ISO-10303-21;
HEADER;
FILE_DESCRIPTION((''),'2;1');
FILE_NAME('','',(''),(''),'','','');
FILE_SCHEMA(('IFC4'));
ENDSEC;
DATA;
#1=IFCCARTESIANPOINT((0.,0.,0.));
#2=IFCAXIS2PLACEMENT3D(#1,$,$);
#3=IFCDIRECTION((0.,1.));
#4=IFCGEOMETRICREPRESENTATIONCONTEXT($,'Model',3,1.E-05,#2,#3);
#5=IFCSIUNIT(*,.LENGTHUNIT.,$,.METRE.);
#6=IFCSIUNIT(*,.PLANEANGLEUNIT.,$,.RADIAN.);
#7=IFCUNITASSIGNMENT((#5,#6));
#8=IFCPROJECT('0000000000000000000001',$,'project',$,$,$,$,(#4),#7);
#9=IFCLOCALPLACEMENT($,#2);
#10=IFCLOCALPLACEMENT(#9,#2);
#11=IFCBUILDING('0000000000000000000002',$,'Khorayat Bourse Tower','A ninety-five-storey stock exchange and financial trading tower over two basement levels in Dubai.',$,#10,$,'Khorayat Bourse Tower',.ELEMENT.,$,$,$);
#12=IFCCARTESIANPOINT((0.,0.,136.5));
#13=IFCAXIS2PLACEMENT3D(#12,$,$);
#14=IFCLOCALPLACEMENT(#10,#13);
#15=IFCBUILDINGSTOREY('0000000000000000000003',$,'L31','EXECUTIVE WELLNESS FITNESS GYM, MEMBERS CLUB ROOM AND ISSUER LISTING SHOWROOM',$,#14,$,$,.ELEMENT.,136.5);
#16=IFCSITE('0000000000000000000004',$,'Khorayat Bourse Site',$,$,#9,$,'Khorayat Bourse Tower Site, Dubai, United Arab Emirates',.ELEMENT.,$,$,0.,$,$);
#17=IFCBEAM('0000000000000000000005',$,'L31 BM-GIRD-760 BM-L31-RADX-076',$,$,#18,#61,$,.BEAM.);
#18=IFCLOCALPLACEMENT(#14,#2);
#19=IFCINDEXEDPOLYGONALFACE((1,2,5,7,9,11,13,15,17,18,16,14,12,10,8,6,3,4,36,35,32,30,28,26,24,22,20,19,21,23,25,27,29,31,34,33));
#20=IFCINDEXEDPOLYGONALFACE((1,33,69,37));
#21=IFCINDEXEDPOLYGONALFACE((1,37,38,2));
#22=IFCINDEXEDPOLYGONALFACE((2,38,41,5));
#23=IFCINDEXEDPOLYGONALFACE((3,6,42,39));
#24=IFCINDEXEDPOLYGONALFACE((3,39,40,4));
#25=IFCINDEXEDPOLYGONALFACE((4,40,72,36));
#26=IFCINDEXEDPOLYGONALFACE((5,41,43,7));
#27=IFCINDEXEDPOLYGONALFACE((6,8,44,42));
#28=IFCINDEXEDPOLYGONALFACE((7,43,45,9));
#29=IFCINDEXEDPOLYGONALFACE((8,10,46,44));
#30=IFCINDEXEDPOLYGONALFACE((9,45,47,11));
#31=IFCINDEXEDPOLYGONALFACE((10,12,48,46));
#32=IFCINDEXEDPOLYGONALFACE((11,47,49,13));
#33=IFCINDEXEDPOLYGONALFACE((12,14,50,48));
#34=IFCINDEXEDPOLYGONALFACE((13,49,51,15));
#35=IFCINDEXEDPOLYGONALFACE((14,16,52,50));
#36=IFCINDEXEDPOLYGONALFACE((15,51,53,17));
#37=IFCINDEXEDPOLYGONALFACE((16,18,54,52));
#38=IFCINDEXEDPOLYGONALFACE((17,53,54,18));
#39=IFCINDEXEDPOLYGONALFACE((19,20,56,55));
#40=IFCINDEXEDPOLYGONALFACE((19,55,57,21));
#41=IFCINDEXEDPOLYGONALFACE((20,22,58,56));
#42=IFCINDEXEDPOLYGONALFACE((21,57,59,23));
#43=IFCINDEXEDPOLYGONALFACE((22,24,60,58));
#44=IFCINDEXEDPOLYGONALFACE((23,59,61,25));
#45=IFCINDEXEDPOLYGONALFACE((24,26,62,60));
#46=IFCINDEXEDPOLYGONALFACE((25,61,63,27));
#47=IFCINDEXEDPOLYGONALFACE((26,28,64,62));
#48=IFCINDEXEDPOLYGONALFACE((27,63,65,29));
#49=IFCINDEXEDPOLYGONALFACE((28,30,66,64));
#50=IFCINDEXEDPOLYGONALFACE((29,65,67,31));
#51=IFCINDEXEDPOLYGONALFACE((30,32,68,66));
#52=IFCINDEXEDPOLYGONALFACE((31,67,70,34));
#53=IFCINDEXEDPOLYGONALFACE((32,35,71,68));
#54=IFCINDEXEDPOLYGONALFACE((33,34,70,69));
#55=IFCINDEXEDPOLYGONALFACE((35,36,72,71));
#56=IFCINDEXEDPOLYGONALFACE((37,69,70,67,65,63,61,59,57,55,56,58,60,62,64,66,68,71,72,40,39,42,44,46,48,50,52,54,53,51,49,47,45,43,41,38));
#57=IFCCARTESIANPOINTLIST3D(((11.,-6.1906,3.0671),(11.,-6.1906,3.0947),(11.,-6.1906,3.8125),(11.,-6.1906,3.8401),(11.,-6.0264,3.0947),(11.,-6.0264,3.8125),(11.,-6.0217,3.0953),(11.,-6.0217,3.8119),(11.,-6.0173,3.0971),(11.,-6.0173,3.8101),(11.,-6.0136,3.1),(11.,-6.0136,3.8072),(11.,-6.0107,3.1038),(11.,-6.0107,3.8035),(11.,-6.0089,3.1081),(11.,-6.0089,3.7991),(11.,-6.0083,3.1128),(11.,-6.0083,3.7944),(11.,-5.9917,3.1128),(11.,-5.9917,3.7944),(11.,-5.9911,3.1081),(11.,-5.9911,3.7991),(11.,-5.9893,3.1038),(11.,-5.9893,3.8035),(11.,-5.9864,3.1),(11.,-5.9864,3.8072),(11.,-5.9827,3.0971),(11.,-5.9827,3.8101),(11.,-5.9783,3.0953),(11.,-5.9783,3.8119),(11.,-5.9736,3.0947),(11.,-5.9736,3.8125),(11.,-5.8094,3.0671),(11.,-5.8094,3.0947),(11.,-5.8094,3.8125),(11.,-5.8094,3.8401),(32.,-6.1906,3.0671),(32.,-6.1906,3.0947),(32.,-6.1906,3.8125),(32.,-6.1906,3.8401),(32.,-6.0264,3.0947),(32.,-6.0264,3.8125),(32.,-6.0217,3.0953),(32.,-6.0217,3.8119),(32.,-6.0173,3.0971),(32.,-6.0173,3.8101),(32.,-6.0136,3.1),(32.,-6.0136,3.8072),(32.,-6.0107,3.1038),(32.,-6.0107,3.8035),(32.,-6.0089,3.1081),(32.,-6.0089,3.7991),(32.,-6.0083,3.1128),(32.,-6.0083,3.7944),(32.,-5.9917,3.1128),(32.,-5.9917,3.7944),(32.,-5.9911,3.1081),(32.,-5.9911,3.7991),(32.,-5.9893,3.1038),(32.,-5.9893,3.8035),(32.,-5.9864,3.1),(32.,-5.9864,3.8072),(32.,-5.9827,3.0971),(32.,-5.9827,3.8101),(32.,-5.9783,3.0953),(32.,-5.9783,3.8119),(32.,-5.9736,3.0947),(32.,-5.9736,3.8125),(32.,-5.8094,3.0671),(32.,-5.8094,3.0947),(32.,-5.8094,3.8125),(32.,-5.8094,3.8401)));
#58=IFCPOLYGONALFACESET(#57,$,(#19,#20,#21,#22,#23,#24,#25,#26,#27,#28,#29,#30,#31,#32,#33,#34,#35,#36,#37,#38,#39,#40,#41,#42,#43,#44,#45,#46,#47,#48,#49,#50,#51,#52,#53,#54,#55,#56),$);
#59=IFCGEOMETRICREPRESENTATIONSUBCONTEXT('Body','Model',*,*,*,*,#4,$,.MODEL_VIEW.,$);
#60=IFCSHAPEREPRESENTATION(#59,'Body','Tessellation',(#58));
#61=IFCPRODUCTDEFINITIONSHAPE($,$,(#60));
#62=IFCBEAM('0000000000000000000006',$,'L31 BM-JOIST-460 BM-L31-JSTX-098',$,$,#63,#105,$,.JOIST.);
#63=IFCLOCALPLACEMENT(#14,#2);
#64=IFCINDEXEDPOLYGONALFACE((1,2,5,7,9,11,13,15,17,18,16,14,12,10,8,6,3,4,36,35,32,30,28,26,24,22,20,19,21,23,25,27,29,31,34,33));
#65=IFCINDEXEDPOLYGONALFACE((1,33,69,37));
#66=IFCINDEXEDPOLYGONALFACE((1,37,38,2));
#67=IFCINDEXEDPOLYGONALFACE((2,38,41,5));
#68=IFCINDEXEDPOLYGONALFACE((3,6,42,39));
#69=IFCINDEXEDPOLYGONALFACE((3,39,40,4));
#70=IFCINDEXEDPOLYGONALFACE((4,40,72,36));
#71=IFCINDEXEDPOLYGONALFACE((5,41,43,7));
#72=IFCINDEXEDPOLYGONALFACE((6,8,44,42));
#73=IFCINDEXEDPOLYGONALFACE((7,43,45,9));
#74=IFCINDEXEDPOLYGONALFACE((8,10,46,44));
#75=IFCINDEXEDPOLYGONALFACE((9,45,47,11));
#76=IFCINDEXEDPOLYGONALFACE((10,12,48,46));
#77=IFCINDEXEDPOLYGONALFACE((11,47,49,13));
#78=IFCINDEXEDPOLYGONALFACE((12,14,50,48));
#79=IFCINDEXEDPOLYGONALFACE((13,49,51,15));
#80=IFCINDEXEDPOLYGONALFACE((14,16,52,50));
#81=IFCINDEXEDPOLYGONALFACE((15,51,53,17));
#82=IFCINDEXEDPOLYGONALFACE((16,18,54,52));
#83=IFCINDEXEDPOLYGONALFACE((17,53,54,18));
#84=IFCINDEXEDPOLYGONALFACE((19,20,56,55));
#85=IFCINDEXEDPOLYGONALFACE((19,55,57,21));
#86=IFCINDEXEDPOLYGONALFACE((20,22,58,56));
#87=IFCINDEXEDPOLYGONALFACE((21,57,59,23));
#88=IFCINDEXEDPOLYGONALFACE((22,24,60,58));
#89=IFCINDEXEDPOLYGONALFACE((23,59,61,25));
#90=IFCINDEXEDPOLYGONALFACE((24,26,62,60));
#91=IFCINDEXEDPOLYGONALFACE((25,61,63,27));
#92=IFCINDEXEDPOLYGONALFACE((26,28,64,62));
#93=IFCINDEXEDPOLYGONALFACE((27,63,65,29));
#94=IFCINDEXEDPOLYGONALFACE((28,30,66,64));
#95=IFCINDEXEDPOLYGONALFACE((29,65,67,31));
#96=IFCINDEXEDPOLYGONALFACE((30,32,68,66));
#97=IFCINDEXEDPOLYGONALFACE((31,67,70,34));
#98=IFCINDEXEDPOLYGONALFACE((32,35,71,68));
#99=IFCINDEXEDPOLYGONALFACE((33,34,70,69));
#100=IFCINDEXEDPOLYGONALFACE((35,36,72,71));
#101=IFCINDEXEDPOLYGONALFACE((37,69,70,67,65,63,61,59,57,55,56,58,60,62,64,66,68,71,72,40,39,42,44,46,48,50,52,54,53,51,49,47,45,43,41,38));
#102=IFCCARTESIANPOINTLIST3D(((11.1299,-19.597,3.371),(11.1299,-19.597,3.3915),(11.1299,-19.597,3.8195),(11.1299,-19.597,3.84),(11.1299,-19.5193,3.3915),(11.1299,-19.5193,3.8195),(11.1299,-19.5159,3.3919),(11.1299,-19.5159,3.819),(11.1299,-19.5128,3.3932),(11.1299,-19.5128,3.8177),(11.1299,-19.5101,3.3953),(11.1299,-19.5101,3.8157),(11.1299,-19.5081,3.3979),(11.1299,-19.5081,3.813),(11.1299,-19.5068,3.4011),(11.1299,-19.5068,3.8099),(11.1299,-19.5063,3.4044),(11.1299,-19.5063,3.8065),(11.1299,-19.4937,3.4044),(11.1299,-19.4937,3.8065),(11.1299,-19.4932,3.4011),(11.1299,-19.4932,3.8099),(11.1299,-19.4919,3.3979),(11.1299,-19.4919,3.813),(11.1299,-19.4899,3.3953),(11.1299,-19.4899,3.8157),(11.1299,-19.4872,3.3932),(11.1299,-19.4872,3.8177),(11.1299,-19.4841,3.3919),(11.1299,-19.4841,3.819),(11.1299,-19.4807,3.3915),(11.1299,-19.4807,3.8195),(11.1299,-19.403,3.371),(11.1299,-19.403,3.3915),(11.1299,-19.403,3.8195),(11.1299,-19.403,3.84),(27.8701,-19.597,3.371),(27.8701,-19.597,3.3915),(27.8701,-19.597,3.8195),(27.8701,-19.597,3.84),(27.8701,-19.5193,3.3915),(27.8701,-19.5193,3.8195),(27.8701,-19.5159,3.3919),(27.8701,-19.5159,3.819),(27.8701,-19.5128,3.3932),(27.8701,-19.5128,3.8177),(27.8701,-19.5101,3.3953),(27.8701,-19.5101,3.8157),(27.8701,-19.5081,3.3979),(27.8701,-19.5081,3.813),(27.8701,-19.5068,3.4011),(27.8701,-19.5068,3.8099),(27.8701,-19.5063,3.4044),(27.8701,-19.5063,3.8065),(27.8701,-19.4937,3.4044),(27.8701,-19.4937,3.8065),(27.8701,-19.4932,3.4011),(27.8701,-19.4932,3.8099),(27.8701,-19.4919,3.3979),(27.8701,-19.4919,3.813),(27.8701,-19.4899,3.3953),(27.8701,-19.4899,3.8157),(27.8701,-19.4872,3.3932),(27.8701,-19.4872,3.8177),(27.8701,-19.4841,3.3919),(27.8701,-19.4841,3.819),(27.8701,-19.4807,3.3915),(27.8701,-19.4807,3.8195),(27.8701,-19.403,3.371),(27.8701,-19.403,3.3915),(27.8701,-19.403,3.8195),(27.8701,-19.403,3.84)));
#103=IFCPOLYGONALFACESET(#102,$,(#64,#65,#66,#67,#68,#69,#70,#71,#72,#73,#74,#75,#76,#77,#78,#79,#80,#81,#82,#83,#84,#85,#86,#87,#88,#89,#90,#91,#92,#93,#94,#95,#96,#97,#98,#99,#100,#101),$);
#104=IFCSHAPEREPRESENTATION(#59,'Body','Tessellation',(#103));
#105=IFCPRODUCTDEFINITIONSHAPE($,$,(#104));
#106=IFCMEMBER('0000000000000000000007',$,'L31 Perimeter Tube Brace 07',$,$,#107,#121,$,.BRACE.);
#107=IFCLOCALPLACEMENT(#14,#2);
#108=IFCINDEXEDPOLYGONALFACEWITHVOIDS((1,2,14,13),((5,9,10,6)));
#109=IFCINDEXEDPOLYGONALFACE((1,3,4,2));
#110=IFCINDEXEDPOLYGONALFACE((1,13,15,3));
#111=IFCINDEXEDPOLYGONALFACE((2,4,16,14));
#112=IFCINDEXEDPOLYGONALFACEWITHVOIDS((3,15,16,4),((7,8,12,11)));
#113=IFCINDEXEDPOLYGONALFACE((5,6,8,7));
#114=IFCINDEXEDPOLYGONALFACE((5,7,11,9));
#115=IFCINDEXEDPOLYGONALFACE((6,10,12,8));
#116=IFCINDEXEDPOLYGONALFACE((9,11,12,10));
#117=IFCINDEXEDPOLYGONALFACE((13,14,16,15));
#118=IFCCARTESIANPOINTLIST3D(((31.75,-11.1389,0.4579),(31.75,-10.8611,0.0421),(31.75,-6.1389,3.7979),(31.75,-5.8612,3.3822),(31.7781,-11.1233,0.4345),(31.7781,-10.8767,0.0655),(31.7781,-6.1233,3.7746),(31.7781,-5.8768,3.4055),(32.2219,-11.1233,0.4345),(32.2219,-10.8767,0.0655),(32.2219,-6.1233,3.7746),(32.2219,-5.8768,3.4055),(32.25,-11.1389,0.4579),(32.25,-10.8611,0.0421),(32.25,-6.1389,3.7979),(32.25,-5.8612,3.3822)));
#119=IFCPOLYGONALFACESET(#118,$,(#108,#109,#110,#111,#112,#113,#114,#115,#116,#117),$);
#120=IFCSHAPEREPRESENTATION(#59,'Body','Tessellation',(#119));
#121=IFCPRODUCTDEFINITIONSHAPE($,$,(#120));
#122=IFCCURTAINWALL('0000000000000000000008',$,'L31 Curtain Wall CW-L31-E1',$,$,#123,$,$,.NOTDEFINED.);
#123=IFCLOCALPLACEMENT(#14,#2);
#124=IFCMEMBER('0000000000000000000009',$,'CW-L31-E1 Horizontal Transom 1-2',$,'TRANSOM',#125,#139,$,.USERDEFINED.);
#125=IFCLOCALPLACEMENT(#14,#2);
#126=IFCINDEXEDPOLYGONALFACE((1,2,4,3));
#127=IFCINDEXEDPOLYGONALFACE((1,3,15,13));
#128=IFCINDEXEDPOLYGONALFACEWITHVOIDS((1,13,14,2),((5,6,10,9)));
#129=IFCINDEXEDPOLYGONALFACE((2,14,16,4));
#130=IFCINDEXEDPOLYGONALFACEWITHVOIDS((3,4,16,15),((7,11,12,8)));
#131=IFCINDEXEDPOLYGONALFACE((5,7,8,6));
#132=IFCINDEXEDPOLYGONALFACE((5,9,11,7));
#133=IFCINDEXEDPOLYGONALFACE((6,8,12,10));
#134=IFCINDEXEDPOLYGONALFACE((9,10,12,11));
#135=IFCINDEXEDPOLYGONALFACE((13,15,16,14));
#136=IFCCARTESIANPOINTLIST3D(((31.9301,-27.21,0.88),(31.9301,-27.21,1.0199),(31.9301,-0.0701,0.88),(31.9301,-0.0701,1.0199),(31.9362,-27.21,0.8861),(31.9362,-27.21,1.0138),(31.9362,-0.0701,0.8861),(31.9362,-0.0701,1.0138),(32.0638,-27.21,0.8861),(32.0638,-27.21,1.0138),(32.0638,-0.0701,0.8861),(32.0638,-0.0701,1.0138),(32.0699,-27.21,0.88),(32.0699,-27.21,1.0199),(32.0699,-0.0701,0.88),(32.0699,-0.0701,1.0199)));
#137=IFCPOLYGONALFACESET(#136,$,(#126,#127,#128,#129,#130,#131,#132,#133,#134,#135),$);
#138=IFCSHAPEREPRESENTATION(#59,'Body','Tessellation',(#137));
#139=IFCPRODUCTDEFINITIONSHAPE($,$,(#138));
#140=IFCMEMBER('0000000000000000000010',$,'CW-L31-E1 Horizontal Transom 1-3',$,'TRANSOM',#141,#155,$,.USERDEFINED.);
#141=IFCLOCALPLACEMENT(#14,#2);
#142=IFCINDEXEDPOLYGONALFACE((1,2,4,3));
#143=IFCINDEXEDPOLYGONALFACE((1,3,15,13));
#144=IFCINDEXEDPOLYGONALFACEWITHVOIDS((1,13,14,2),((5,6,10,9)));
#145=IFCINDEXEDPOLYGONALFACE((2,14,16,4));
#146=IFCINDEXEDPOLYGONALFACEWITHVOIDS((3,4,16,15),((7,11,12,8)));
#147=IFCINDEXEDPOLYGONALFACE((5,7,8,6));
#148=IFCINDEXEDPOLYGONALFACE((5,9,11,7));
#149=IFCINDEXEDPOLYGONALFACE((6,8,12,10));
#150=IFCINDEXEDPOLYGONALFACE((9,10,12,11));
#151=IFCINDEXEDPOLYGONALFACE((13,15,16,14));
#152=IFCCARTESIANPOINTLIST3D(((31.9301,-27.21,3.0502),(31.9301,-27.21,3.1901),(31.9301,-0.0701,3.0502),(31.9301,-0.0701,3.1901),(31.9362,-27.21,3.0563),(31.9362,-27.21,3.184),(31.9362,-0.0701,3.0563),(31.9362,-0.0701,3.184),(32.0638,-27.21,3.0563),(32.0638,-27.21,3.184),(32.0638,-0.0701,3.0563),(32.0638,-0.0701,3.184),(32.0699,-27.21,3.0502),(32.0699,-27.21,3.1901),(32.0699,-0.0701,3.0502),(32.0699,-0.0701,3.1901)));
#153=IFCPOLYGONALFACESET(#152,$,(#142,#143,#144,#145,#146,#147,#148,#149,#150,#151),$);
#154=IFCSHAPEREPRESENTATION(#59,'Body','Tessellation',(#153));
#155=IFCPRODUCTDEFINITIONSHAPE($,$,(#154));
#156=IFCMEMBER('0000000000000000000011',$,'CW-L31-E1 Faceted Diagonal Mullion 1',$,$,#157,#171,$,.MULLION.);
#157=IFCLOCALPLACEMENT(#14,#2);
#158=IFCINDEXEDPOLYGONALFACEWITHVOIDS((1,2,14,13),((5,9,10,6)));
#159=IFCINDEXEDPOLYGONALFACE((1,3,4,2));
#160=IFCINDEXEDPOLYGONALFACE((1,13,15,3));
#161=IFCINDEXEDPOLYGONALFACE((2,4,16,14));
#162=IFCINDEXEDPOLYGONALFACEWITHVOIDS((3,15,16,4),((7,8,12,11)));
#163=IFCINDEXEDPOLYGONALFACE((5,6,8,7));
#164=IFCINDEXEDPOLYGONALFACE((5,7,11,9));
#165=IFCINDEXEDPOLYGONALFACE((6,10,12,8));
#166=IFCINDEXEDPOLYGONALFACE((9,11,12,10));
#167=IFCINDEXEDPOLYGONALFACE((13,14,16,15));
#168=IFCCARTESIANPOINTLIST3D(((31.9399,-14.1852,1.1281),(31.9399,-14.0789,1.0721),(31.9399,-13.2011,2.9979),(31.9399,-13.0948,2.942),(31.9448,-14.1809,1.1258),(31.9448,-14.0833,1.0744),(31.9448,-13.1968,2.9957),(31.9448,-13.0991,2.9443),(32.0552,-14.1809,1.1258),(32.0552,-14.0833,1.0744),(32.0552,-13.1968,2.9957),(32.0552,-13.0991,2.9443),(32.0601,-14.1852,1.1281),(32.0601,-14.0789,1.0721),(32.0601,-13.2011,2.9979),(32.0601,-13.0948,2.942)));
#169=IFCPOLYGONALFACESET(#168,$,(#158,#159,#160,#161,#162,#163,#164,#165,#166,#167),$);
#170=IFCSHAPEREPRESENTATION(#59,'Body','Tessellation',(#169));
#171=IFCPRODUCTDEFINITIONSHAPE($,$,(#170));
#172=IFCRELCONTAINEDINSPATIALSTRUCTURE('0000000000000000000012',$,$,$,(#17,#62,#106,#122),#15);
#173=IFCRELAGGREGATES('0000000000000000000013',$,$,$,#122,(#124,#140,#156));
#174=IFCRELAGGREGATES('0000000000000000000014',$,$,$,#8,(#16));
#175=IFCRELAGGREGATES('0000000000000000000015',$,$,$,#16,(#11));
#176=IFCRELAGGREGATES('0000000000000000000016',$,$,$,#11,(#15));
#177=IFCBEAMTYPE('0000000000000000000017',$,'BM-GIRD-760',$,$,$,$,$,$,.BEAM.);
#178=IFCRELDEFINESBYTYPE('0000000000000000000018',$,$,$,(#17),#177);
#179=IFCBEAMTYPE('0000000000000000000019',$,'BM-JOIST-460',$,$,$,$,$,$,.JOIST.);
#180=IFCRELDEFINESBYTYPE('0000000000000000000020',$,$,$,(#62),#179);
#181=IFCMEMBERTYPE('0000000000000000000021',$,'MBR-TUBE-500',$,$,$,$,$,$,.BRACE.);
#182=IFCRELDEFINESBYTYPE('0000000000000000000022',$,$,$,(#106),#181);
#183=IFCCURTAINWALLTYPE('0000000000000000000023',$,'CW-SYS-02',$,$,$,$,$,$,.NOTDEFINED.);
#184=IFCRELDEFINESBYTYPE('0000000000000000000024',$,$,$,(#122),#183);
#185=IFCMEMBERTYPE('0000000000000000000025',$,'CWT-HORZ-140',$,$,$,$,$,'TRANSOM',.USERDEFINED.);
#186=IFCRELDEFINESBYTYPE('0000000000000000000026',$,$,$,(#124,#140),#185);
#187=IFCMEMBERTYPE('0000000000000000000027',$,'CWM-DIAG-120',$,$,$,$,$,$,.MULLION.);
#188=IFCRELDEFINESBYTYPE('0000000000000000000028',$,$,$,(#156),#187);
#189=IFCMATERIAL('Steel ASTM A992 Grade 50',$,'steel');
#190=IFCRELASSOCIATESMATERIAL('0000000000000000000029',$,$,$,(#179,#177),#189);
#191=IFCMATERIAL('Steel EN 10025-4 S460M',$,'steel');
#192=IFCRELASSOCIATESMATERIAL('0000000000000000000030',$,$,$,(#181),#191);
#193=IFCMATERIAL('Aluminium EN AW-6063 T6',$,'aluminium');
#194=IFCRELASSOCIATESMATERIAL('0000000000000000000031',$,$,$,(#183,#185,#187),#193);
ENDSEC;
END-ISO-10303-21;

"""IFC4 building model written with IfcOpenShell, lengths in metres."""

from ifc_helpers import new_model, si_unit, direction, frame, origin, origin_2d, place, context, subcontext, project, spatial, hollow_rectangle, i_section, extrude, source, transform, mapped, material, material_profile, profile_set, type_object, element, aggregate, save


model = new_model("IFC4")

# Units and contexts
model_context = context("Model", 3, precision=1e-05, world=origin(), true_north=direction((0.0, 1.0)))
body_context = subcontext(model_context, "Body", "Model", "MODEL_VIEW")
ifc_project = project(units=[si_unit("LENGTHUNIT", "METRE"), si_unit("PLANEANGLEUNIT", "RADIAN")], contexts=[model_context])

# Site, building, storey
site_placement = place(None, origin())
site = spatial("IfcSite", under=ifc_project, at=site_placement, Name="Khorayat Bourse Site", LongName="Khorayat Bourse Tower Site, Dubai, United Arab Emirates", CompositionType="ELEMENT", RefElevation=0.0)
building_placement = place(site_placement, origin())
building = spatial("IfcBuilding", under=site, at=building_placement, Name="Khorayat Bourse Tower", Description="A ninety-five-storey stock exchange and financial trading tower over two basement levels in Dubai.", LongName="Khorayat Bourse Tower", CompositionType="ELEMENT")
storey_placement = place(building_placement, frame((0.0, 0.0, 136.5)))
storey = spatial("IfcBuildingStorey", under=building, at=storey_placement, Name="L31", Description="EXECUTIVE WELLNESS FITNESS GYM, MEMBERS CLUB ROOM AND ISSUER LISTING SHOWROOM", CompositionType="ELEMENT", Elevation=136.5)

# Shared definitions
ifc_material_1 = material(Name="Steel EN 10025-4 S460M", Category="steel")

# Beams
ifc_material_2 = material(Name="Steel ASTM A992 Grade 50", Category="steel")
ifc_material_profile_1 = material_profile(ifc_material_2, i_section(OverallWidth=0.1941, OverallDepth=0.469, WebThickness=0.0127, FlangeThickness=0.0205, FilletRadius=0.0129, at=origin_2d()), Name="W460X106")
ifc_profile_set_1 = profile_set([ifc_material_profile_1], Name="Steel ASTM A992 Grade 50")
beam_type_1 = type_object("IfcBeamType", Name="BM-JOIST-460", PredefinedType="JOIST", material=ifc_profile_set_1)
ifc_material_profile_2 = material_profile(ifc_material_2, i_section(OverallWidth=0.3811, OverallDepth=0.7729, WebThickness=0.0166, FlangeThickness=0.0276, FilletRadius=0.0181, at=origin_2d()), Name="W760X257")
ifc_profile_set_2 = profile_set([ifc_material_profile_2], Name="Steel ASTM A992 Grade 50")
beam_type_2 = type_object("IfcBeamType", Name="BM-GIRD-760", PredefinedType="BEAM", material=ifc_profile_set_2)
shared_shape_1 = source(origin(), body_context, "Body", "SweptSolid", [
    extrude(i_section(OverallWidth=0.3811, OverallDepth=0.7729, WebThickness=0.0166, FlangeThickness=0.0276, FilletRadius=0.0181, at=origin_2d()), origin(), (0.0, 0.0, 1.0), 21.0),
])
beam_1_placement = place(storey_placement, frame((11.0, -6.0, 3.4536), z_axis=(1.0, 0.0, 0.0), x_axis=(0.0, 1.0, 0.0)))
element("IfcBeam", 1, at=beam_1_placement, inside=storey, type_object=beam_type_2, Name="L31 BM-GIRD-760 BM-L31-RADX-076", PredefinedType="BEAM", context=body_context, shape_type="MappedRepresentation", body=[
    mapped(shared_shape_1, transform((0.0, 0.0, 0.0), scale=1.0)),
])
shared_shape_2 = source(origin(), body_context, "Body", "SweptSolid", [
    extrude(i_section(OverallWidth=0.1941, OverallDepth=0.469, WebThickness=0.0127, FlangeThickness=0.0205, FilletRadius=0.0129, at=origin_2d()), origin(), (0.0, 0.0, 1.0), 16.7402),
])
beam_2_placement = place(storey_placement, frame((11.1299, -19.5, 3.6055), z_axis=(1.0, 0.0, 0.0), x_axis=(0.0, 1.0, 0.0)))
element("IfcBeam", 2, at=beam_2_placement, inside=storey, type_object=beam_type_1, Name="L31 BM-JOIST-460 BM-L31-JSTX-098", PredefinedType="JOIST", context=body_context, shape_type="MappedRepresentation", body=[
    mapped(shared_shape_2, transform((0.0, 0.0, 0.0), scale=1.0)),
])

# Member
ifc_material_profile_3 = material_profile(ifc_material_1, hollow_rectangle(XDim=0.5, YDim=0.5, WallThickness=0.0281, at=origin_2d()), Name="HSS 500x500x28")
ifc_profile_set_3 = profile_set([ifc_material_profile_3], Name="Steel EN 10025-4 S460M")
member_type_1 = type_object("IfcMemberType", Name="MBR-TUBE-500", PredefinedType="BRACE", material=ifc_profile_set_3)
shared_shape_3 = source(origin(), body_context, "Body", "SweptSolid", [
    extrude(hollow_rectangle(XDim=0.5, YDim=0.5, WallThickness=0.0281, at=origin_2d()), origin(), (0.0, 0.0, 1.0), 6.0129),
])
member_1_placement = place(storey_placement, frame((32.0, -11.0, 0.25), z_axis=(0.0, 0.831531, 0.555478), x_axis=(-1.0, 0.0, 0.0)))
element("IfcMember", 3, at=member_1_placement, inside=storey, type_object=member_type_1, Name="L31 Perimeter Tube Brace 07", PredefinedType="BRACE", context=body_context, shape_type="MappedRepresentation", body=[
    mapped(shared_shape_3, transform((0.0, 0.0, 0.0), scale=1.0)),
])

# Curtain wall, members
ifc_material_3 = material(Name="Aluminium EN AW-6063 T6", Category="aluminium")
curtain_wall_type = type_object("IfcCurtainWallType", Name="CW-SYS-02", PredefinedType="NOTDEFINED", material=ifc_material_3)
curtain_wall_placement = place(storey_placement, origin())
curtain_wall = element("IfcCurtainWall", 4, at=curtain_wall_placement, inside=storey, type_object=curtain_wall_type, Name="L31 Curtain Wall CW-L31-E1", PredefinedType="NOTDEFINED")
ifc_material_profile_4 = material_profile(ifc_material_3, hollow_rectangle(XDim=0.1399, YDim=0.1399, WallThickness=0.0061, at=origin_2d()), Name="ALU 140x140x6")
ifc_profile_set_4 = profile_set([ifc_material_profile_4], Name="Aluminium EN AW-6063 T6")
member_type_2 = type_object("IfcMemberType", Name="CWT-HORZ-140", ElementType="TRANSOM", PredefinedType="USERDEFINED", material=ifc_profile_set_4)
shared_shape_4 = source(origin(), body_context, "Body", "SweptSolid", [
    extrude(hollow_rectangle(XDim=0.1399, YDim=0.1399, WallThickness=0.0061, at=origin_2d()), origin(), (0.0, 0.0, 1.0), 27.1399),
])
member_2_placement = place(storey_placement, frame((32.0, -27.21, 0.95), z_axis=(0.0, 1.0, 0.0), x_axis=(-1.0, 0.0, 0.0)))
member_2 = element("IfcMember", 5, at=member_2_placement, type_object=member_type_2, Name="CW-L31-E1 Horizontal Transom 1-2", ObjectType="TRANSOM", PredefinedType="USERDEFINED", context=body_context, shape_type="MappedRepresentation", body=[
    mapped(shared_shape_4, transform((0.0, 0.0, 0.0), scale=1.0)),
])
member_3_placement = place(storey_placement, frame((32.0, -27.21, 3.1201), z_axis=(0.0, 1.0, 0.0), x_axis=(-1.0, 0.0, 0.0)))
member_3 = element("IfcMember", 6, at=member_3_placement, type_object=member_type_2, Name="CW-L31-E1 Horizontal Transom 1-3", ObjectType="TRANSOM", PredefinedType="USERDEFINED", context=body_context, shape_type="MappedRepresentation", body=[
    mapped(shared_shape_4, transform((0.0, 0.0, 0.0), scale=1.0)),
])
ifc_material_profile_5 = material_profile(ifc_material_3, hollow_rectangle(XDim=0.1201, YDim=0.1201, WallThickness=0.0049, at=origin_2d()), Name="ALU 120x120x5")
ifc_profile_set_5 = profile_set([ifc_material_profile_5], Name="Aluminium EN AW-6063 T6")
member_type_3 = type_object("IfcMemberType", Name="CWM-DIAG-120", PredefinedType="MULLION", material=ifc_profile_set_5)
shared_shape_5 = source(origin(), body_context, "Body", "SweptSolid", [
    extrude(hollow_rectangle(XDim=0.1201, YDim=0.1201, WallThickness=0.0049, at=origin_2d()), origin(), (0.0, 0.0, 1.0), 2.113),
])
member_4_placement = place(storey_placement, frame((32.0, -14.1321, 1.1001), z_axis=(0.0, 0.465742, 0.884921), x_axis=(-1.0, 0.0, 0.0)))
member_4 = element("IfcMember", 7, at=member_4_placement, type_object=member_type_3, Name="CW-L31-E1 Faceted Diagonal Mullion 1", PredefinedType="MULLION", context=body_context, shape_type="MappedRepresentation", body=[
    mapped(shared_shape_5, transform((0.0, 0.0, 0.0), scale=1.0)),
])

aggregate(curtain_wall, [member_2, member_3, member_4])

save(model, "model.ifc")
